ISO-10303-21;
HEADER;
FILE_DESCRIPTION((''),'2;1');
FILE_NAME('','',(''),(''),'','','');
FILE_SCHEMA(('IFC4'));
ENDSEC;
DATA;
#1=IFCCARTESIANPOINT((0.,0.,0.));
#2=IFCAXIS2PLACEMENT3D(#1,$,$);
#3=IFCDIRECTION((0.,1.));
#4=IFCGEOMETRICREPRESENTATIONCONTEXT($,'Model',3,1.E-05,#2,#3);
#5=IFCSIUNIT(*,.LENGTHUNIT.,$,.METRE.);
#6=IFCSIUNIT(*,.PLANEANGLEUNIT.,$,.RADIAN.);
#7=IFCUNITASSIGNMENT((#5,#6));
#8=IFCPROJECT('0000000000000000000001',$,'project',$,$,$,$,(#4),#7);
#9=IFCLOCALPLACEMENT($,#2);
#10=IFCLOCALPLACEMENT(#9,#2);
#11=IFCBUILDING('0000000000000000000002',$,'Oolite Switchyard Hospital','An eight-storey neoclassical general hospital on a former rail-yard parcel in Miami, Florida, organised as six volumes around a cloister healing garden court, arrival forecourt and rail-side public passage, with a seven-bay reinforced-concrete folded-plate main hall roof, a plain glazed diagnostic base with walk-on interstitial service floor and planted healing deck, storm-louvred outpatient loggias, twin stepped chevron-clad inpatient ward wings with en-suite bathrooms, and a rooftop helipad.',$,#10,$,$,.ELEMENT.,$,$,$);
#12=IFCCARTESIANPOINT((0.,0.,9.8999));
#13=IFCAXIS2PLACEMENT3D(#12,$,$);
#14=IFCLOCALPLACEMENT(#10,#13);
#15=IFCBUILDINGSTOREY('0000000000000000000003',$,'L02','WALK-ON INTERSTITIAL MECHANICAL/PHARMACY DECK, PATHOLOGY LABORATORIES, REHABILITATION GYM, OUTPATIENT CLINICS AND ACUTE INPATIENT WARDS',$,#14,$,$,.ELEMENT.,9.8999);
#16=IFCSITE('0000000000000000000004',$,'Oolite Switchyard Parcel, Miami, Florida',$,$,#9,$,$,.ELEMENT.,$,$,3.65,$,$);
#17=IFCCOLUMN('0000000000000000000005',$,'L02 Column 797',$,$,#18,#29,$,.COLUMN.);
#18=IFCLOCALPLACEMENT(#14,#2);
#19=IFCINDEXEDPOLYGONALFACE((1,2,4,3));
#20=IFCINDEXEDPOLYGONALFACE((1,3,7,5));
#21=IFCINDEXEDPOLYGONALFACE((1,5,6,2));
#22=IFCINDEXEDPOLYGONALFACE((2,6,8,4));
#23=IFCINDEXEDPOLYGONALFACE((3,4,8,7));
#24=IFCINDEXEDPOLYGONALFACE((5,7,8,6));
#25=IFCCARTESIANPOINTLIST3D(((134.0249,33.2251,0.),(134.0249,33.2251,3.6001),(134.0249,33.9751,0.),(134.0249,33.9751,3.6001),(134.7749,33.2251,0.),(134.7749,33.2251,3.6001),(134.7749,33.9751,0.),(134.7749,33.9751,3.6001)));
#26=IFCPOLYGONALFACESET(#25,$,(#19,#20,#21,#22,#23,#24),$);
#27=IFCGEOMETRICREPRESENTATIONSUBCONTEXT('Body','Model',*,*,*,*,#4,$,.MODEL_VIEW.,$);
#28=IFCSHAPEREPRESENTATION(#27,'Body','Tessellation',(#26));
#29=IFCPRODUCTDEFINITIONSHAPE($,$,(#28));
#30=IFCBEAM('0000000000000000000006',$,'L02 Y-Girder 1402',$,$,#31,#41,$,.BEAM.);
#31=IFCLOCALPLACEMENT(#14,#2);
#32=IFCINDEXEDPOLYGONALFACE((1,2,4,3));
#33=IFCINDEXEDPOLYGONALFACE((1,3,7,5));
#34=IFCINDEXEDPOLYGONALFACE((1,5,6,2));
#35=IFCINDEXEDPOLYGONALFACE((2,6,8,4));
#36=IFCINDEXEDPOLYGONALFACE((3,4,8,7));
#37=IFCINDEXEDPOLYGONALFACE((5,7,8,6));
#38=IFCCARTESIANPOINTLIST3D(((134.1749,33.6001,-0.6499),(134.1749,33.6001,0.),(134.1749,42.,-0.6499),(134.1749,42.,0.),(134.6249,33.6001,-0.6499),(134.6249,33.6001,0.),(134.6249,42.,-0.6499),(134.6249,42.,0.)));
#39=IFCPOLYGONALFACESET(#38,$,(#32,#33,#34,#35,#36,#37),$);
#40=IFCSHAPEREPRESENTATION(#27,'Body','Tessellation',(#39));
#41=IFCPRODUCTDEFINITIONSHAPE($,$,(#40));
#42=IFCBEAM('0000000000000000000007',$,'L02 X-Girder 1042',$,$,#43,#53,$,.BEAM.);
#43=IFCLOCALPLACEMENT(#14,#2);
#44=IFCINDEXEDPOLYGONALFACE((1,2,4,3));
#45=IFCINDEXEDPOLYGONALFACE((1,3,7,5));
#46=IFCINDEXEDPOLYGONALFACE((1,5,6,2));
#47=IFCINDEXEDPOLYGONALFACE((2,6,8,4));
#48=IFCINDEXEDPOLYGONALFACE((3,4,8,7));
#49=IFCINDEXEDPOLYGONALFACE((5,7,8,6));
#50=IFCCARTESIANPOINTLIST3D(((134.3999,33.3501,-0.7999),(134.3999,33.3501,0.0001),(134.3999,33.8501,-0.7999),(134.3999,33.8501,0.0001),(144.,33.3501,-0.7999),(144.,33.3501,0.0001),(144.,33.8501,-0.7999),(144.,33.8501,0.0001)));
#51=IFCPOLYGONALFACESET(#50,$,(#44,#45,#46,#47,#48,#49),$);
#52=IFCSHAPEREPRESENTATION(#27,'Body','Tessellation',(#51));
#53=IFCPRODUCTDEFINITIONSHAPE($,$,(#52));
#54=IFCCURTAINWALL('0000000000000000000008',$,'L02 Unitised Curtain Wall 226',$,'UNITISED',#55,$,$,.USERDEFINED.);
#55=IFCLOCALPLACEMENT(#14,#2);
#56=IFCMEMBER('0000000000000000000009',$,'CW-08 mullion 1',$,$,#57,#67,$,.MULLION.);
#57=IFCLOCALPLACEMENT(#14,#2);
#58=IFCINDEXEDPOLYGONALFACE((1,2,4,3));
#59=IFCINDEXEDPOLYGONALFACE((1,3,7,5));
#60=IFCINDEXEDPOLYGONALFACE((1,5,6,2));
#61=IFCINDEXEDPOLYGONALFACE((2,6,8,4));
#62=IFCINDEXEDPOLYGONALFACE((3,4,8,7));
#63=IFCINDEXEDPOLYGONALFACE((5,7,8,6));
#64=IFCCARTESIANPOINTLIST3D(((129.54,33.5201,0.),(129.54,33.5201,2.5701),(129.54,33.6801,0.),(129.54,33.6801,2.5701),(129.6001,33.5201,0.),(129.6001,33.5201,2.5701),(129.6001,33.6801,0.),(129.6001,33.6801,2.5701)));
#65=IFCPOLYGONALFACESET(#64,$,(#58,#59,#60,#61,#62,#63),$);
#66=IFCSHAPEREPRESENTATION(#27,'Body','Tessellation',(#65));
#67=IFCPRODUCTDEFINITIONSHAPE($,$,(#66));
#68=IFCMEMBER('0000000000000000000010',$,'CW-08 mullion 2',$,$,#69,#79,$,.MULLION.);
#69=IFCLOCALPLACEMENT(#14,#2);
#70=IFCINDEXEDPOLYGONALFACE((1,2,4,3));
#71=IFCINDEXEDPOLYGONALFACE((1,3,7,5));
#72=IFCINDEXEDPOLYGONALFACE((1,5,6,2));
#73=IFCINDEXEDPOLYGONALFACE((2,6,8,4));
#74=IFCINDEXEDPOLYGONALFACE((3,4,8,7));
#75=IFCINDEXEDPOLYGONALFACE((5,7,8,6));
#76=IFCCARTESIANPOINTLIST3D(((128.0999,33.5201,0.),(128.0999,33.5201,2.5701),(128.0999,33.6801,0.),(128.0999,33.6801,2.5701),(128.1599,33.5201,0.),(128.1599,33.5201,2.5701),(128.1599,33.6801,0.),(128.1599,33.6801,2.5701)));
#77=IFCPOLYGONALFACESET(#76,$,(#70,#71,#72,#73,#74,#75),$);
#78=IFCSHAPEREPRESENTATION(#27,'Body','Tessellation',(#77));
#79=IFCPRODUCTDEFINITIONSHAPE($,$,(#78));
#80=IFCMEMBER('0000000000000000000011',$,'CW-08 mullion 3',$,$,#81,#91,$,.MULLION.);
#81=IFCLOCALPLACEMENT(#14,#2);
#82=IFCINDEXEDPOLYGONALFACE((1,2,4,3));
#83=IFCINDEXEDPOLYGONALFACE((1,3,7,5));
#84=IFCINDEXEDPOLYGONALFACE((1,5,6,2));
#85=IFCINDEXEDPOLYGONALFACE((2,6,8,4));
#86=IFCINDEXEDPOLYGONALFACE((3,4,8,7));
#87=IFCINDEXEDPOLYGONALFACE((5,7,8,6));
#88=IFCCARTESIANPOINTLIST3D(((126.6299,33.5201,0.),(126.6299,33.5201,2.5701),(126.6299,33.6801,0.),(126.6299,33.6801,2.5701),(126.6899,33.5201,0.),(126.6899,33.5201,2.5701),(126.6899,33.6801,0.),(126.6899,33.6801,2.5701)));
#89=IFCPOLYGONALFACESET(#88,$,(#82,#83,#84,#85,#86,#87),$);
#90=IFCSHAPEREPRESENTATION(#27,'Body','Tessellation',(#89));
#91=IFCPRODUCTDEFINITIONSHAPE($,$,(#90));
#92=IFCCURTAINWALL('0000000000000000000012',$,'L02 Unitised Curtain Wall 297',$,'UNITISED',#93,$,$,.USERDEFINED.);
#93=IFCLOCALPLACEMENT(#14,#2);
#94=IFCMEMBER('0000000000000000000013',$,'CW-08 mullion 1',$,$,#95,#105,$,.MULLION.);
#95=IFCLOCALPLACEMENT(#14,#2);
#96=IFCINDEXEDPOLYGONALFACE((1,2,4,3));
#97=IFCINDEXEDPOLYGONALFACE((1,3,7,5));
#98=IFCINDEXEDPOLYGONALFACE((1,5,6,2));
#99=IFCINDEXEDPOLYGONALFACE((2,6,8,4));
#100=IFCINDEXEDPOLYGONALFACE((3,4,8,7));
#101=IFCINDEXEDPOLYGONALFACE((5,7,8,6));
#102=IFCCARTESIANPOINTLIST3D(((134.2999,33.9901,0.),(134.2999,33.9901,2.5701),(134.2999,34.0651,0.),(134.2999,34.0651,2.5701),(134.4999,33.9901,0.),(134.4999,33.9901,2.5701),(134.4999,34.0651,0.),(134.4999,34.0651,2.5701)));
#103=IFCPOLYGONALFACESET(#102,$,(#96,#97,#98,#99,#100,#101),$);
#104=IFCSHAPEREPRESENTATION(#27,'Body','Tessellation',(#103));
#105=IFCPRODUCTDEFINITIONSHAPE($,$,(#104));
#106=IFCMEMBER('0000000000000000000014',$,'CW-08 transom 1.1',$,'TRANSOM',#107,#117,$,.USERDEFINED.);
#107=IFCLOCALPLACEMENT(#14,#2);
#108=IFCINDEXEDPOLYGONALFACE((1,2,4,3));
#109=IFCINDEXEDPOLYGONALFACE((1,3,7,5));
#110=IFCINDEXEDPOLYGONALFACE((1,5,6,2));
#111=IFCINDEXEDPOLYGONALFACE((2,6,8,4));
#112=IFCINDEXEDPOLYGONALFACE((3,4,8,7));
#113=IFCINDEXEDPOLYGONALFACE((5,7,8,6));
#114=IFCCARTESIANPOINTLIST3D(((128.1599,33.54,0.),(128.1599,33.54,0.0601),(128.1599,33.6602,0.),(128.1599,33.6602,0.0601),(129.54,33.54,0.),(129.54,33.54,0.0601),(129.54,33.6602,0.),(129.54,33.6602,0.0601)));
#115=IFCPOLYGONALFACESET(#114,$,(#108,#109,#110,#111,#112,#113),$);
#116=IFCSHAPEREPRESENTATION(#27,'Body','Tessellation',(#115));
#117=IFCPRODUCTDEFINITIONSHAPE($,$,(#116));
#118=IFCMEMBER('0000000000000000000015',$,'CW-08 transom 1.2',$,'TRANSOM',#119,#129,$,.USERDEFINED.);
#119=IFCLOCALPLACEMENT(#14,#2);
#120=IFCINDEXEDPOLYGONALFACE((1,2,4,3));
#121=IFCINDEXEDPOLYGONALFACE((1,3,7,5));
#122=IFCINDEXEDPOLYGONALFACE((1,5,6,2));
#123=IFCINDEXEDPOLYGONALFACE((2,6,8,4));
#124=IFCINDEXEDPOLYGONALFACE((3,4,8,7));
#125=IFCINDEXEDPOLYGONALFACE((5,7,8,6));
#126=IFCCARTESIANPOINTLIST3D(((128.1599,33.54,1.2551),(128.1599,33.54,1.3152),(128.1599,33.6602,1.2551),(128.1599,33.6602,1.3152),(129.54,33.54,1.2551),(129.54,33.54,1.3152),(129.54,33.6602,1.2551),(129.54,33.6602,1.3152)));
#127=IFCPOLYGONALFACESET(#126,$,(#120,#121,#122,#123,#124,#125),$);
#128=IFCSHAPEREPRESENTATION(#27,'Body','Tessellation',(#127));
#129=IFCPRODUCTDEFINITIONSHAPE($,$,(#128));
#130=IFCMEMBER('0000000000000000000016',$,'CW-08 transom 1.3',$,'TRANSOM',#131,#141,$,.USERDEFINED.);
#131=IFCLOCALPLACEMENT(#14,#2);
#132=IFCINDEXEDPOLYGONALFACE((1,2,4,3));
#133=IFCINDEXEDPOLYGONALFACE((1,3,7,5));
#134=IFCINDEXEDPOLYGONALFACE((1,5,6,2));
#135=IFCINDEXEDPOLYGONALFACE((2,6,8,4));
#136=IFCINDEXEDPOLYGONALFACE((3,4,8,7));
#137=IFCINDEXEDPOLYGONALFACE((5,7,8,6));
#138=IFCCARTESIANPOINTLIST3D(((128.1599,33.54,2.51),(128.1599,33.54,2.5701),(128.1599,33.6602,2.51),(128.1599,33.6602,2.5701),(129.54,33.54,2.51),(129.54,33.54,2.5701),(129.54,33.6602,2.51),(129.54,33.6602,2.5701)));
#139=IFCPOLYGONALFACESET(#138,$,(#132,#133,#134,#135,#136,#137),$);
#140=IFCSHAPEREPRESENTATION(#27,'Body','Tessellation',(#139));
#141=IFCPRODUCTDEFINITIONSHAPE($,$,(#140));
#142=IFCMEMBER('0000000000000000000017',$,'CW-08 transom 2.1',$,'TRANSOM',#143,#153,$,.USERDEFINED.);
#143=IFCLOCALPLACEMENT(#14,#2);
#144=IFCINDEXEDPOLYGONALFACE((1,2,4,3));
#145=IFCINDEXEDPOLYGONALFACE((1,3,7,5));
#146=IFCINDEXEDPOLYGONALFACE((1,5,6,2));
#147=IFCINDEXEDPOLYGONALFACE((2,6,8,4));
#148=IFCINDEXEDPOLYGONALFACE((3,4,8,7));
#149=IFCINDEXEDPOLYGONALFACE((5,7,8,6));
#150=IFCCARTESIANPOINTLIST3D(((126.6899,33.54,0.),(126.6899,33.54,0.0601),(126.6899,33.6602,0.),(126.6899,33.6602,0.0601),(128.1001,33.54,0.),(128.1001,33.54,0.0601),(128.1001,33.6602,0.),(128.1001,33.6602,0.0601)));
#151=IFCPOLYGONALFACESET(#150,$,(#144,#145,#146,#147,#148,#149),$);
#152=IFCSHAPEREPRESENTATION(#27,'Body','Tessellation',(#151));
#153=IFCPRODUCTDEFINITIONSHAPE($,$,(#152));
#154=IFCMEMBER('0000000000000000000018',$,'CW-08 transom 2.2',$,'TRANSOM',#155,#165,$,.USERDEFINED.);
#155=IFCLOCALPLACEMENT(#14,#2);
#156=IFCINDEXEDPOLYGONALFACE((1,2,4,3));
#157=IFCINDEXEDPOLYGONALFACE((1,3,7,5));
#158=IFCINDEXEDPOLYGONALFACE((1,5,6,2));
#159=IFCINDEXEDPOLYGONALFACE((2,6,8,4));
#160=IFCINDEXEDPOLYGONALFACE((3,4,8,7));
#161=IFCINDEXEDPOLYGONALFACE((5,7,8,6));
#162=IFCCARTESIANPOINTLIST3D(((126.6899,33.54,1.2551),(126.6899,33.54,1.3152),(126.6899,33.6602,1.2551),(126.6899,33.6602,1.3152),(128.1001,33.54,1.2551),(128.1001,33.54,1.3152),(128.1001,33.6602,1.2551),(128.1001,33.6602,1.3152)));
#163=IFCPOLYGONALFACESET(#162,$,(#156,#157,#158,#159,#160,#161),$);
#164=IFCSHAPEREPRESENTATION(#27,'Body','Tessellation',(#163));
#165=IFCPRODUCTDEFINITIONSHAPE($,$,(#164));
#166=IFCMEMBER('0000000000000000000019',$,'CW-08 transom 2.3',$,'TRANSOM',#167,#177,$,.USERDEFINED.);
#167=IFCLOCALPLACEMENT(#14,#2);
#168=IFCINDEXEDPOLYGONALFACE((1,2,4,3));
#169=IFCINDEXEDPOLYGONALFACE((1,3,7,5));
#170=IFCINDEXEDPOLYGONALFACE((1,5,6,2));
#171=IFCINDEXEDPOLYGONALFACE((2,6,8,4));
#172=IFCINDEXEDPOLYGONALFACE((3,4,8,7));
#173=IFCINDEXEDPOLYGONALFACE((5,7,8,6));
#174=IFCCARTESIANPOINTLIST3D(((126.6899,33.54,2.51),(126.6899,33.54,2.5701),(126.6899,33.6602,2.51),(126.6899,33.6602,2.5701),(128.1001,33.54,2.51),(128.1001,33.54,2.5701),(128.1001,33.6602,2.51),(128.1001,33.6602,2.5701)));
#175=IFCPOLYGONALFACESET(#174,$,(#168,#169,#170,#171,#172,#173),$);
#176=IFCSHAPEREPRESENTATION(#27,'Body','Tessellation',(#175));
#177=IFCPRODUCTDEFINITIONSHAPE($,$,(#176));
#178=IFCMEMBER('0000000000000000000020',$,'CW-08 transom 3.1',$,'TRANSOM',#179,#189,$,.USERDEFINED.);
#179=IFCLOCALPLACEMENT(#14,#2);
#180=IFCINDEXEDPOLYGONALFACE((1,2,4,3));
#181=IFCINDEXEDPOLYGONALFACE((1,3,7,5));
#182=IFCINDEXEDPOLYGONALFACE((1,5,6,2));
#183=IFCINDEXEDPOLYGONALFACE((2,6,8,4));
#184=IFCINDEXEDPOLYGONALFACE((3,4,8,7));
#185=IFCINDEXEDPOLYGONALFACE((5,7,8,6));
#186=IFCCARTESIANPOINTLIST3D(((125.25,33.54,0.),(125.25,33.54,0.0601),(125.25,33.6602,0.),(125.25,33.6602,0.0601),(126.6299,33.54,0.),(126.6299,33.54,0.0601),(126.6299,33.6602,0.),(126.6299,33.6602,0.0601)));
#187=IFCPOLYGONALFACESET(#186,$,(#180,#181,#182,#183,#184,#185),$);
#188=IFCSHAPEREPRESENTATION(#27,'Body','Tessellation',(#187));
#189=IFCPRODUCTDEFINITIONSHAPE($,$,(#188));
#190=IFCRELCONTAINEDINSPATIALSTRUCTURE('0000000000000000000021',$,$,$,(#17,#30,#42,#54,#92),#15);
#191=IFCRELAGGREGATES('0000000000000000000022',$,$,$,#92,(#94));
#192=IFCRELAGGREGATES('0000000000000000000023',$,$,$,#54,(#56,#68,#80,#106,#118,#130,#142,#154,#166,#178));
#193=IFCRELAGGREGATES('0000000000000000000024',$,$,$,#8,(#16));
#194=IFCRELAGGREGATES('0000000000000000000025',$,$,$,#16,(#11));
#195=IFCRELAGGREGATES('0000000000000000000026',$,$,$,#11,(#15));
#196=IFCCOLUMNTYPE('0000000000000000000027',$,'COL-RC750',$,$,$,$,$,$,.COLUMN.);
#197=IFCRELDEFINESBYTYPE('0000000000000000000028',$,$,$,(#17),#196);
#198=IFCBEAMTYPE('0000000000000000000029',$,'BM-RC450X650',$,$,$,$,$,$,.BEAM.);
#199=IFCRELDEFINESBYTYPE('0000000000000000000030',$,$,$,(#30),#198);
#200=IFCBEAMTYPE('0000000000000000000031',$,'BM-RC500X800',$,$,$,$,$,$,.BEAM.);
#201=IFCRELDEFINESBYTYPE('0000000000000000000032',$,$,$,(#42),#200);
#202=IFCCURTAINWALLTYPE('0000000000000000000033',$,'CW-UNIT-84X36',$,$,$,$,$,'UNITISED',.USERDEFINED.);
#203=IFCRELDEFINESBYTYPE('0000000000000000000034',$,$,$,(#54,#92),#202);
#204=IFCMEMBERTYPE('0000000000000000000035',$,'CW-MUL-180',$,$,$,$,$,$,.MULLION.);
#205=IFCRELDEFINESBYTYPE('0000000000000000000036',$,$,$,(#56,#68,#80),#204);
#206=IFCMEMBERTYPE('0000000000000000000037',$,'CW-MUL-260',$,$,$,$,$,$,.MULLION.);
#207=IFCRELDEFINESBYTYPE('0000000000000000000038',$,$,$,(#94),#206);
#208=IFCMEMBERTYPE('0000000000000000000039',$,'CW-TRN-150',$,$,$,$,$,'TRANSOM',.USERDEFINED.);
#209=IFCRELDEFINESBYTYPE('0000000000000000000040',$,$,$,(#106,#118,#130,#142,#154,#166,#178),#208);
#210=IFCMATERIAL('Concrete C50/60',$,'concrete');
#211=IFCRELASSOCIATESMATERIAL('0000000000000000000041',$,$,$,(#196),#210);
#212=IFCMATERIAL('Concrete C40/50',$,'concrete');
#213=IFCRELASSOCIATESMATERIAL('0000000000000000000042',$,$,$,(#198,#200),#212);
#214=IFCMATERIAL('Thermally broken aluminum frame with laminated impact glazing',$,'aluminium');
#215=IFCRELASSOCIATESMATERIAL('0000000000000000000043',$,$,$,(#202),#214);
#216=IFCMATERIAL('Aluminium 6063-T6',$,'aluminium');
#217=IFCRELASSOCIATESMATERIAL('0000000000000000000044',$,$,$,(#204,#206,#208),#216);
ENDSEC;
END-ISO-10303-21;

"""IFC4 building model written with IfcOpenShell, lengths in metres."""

from ifc_helpers import new_model, si_unit, direction, frame, origin, origin_2d, place, context, subcontext, project, spatial, rectangle, extrude, material, material_profile, profile_set, type_object, element, aggregate, save


model = new_model("IFC4")

# Units and contexts
model_context = context("Model", 3, precision=1e-05, world=origin(), true_north=direction((0.0, 1.0)))
body_context = subcontext(model_context, "Body", "Model", "MODEL_VIEW")
ifc_project = project(units=[si_unit("LENGTHUNIT", "METRE"), si_unit("PLANEANGLEUNIT", "RADIAN")], contexts=[model_context])

# Site, building, storey
site_placement = place(None, origin())
site = spatial("IfcSite", under=ifc_project, at=site_placement, Name="Oolite Switchyard Parcel, Miami, Florida", CompositionType="ELEMENT", RefElevation=3.65)
building_placement = place(site_placement, origin())
building = spatial("IfcBuilding", under=site, at=building_placement, Name="Oolite Switchyard Hospital", Description="An eight-storey neoclassical general hospital on a former rail-yard parcel in Miami, Florida, organised as six volumes around a cloister healing garden court, arrival forecourt and rail-side public passage, with a seven-bay reinforced-concrete folded-plate main hall roof, a plain glazed diagnostic base with walk-on interstitial service floor and planted healing deck, storm-louvred outpatient loggias, twin stepped chevron-clad inpatient ward wings with en-suite bathrooms, and a rooftop helipad.", CompositionType="ELEMENT")
storey_placement = place(building_placement, frame((0.0, 0.0, 9.8999)))
storey = spatial("IfcBuildingStorey", under=building, at=storey_placement, Name="L02", Description="WALK-ON INTERSTITIAL MECHANICAL/PHARMACY DECK, PATHOLOGY LABORATORIES, REHABILITATION GYM, OUTPATIENT CLINICS AND ACUTE INPATIENT WARDS", CompositionType="ELEMENT", Elevation=9.8999)

# Column
ifc_material_1 = material(Name="Concrete C50/60", Category="concrete")
ifc_material_profile_1 = material_profile(ifc_material_1, rectangle(XDim=0.75, YDim=0.75, at=origin_2d()), Name="RC750X750")
ifc_profile_set_1 = profile_set([ifc_material_profile_1], Name="Concrete C50/60")
column_type = type_object("IfcColumnType", Name="COL-RC750", PredefinedType="COLUMN", material=ifc_profile_set_1)
column_placement = place(storey_placement, frame((134.3999, 33.6001, 0.0), z_axis=(0.0, 0.0, 1.0), x_axis=(1.0, 0.0, 0.0)))
element("IfcColumn", 1, at=column_placement, inside=storey, type_object=column_type, Name="L02 Column 797", PredefinedType="COLUMN", context=body_context, shape_type="SweptSolid", body=[
    extrude(rectangle(XDim=0.75, YDim=0.75, at=origin_2d()), origin(), (0.0, 0.0, 1.0), 3.6001),
])

# Beams
ifc_material_2 = material(Name="Concrete C40/50", Category="concrete")
ifc_material_profile_2 = material_profile(ifc_material_2, rectangle(XDim=0.45, YDim=0.6499, at=origin_2d()), Name="RCB450X650")
ifc_profile_set_2 = profile_set([ifc_material_profile_2], Name="Concrete C40/50")
beam_type_1 = type_object("IfcBeamType", Name="BM-RC450X650", PredefinedType="BEAM", material=ifc_profile_set_2)
beam_1_placement = place(storey_placement, frame((134.3999, 33.6001, -0.325), z_axis=(0.0, 1.0, 0.0), x_axis=(-1.0, 0.0, 0.0)))
element("IfcBeam", 2, at=beam_1_placement, inside=storey, type_object=beam_type_1, Name="L02 Y-Girder 1402", PredefinedType="BEAM", context=body_context, shape_type="SweptSolid", body=[
    extrude(rectangle(XDim=0.45, YDim=0.6499, at=origin_2d()), origin(), (0.0, 0.0, 1.0), 8.3999),
])
ifc_material_profile_3 = material_profile(ifc_material_2, rectangle(XDim=0.5, YDim=0.8, at=origin_2d()), Name="RCB500X800")
ifc_profile_set_3 = profile_set([ifc_material_profile_3], Name="Concrete C40/50")
beam_type_2 = type_object("IfcBeamType", Name="BM-RC500X800", PredefinedType="BEAM", material=ifc_profile_set_3)
beam_2_placement = place(storey_placement, frame((134.3999, 33.6001, -0.3999), z_axis=(1.0, 0.0, 0.0), x_axis=(0.0, 1.0, 0.0)))
element("IfcBeam", 3, at=beam_2_placement, inside=storey, type_object=beam_type_2, Name="L02 X-Girder 1042", PredefinedType="BEAM", context=body_context, shape_type="SweptSolid", body=[
    extrude(rectangle(XDim=0.5, YDim=0.8, at=origin_2d()), origin(), (0.0, 0.0, 1.0), 9.6001),
])

# Curtain wall, members
ifc_material_3 = material(Name="Thermally broken aluminum frame with laminated impact glazing", Category="aluminium")
curtain_wall_type = type_object("IfcCurtainWallType", Name="CW-UNIT-84X36", ElementType="UNITISED", PredefinedType="USERDEFINED", material=ifc_material_3)
curtain_wall_1_placement = place(storey_placement, origin())
curtain_wall_1 = element("IfcCurtainWall", 4, at=curtain_wall_1_placement, inside=storey, type_object=curtain_wall_type, Name="L02 Unitised Curtain Wall 226", ObjectType="UNITISED", PredefinedType="USERDEFINED")
ifc_material_4 = material(Name="Aluminium 6063-T6", Category="aluminium")
ifc_material_profile_4 = material_profile(ifc_material_4, rectangle(XDim=0.1599, YDim=0.0601, at=origin_2d()), Name="CWM60X160")
ifc_profile_set_4 = profile_set([ifc_material_profile_4], Name="Aluminium 6063-T6")
member_type_1 = type_object("IfcMemberType", Name="CW-MUL-180", PredefinedType="MULLION", material=ifc_profile_set_4)
member_1_placement = place(storey_placement, frame((129.5701, 33.6001, 0.0), z_axis=(0.0, 0.0, 1.0), x_axis=(0.0, -1.0, 0.0)))
member_1 = element("IfcMember", 5, at=member_1_placement, type_object=member_type_1, Name="CW-08 mullion 1", PredefinedType="MULLION", context=body_context, shape_type="SweptSolid", body=[
    extrude(rectangle(XDim=0.1599, YDim=0.0601, at=origin_2d()), origin(), (0.0, 0.0, 1.0), 2.5701),
])
member_2_placement = place(storey_placement, frame((128.1299, 33.6001, 0.0), z_axis=(0.0, 0.0, 1.0), x_axis=(0.0, -1.0, 0.0)))
member_2 = element("IfcMember", 6, at=member_2_placement, type_object=member_type_1, Name="CW-08 mullion 2", PredefinedType="MULLION", context=body_context, shape_type="SweptSolid", body=[
    extrude(rectangle(XDim=0.1599, YDim=0.0601, at=origin_2d()), origin(), (0.0, 0.0, 1.0), 2.5701),
])
member_3_placement = place(storey_placement, frame((126.6599, 33.6001, 0.0), z_axis=(0.0, 0.0, 1.0), x_axis=(0.0, -1.0, 0.0)))
member_3 = element("IfcMember", 7, at=member_3_placement, type_object=member_type_1, Name="CW-08 mullion 3", PredefinedType="MULLION", context=body_context, shape_type="SweptSolid", body=[
    extrude(rectangle(XDim=0.1599, YDim=0.0601, at=origin_2d()), origin(), (0.0, 0.0, 1.0), 2.5701),
])

# Curtain wall, member
curtain_wall_2_placement = place(storey_placement, origin())
curtain_wall_2 = element("IfcCurtainWall", 8, at=curtain_wall_2_placement, inside=storey, type_object=curtain_wall_type, Name="L02 Unitised Curtain Wall 297", ObjectType="UNITISED", PredefinedType="USERDEFINED")
ifc_material_profile_5 = material_profile(ifc_material_4, rectangle(XDim=0.2, YDim=0.075, at=origin_2d()), Name="CWM75X200")
ifc_profile_set_5 = profile_set([ifc_material_profile_5], Name="Aluminium 6063-T6")
member_type_2 = type_object("IfcMemberType", Name="CW-MUL-260", PredefinedType="MULLION", material=ifc_profile_set_5)
member_4_placement = place(storey_placement, frame((134.3999, 34.0276, 0.0), z_axis=(0.0, 0.0, 1.0), x_axis=(-1.0, 0.0, 0.0)))
member_4 = element("IfcMember", 9, at=member_4_placement, type_object=member_type_2, Name="CW-08 mullion 1", PredefinedType="MULLION", context=body_context, shape_type="SweptSolid", body=[
    extrude(rectangle(XDim=0.2, YDim=0.075, at=origin_2d()), origin(), (0.0, 0.0, 1.0), 2.5701),
])

# Members
ifc_material_profile_6 = material_profile(ifc_material_4, rectangle(XDim=0.1201, YDim=0.0601, at=origin_2d()), Name="CWT60X120")
ifc_profile_set_6 = profile_set([ifc_material_profile_6], Name="Aluminium 6063-T6")
member_type_3 = type_object("IfcMemberType", Name="CW-TRN-150", ElementType="TRANSOM", PredefinedType="USERDEFINED", material=ifc_profile_set_6)
member_5_placement = place(storey_placement, frame((129.54, 33.6001, 0.03), z_axis=(-1.0, 0.0, 0.0), x_axis=(0.0, -1.0, 0.0)))
member_5 = element("IfcMember", 10, at=member_5_placement, type_object=member_type_3, Name="CW-08 transom 1.1", ObjectType="TRANSOM", PredefinedType="USERDEFINED", context=body_context, shape_type="SweptSolid", body=[
    extrude(rectangle(XDim=0.1201, YDim=0.0601, at=origin_2d()), origin(), (0.0, 0.0, 1.0), 1.3801),
])
member_6_placement = place(storey_placement, frame((129.54, 33.6001, 1.2852), z_axis=(-1.0, 0.0, 0.0), x_axis=(0.0, -1.0, 0.0)))
member_6 = element("IfcMember", 11, at=member_6_placement, type_object=member_type_3, Name="CW-08 transom 1.2", ObjectType="TRANSOM", PredefinedType="USERDEFINED", context=body_context, shape_type="SweptSolid", body=[
    extrude(rectangle(XDim=0.1201, YDim=0.0601, at=origin_2d()), origin(), (0.0, 0.0, 1.0), 1.3801),
])
member_7_placement = place(storey_placement, frame((129.54, 33.6001, 2.54), z_axis=(-1.0, 0.0, 0.0), x_axis=(0.0, -1.0, 0.0)))
member_7 = element("IfcMember", 12, at=member_7_placement, type_object=member_type_3, Name="CW-08 transom 1.3", ObjectType="TRANSOM", PredefinedType="USERDEFINED", context=body_context, shape_type="SweptSolid", body=[
    extrude(rectangle(XDim=0.1201, YDim=0.0601, at=origin_2d()), origin(), (0.0, 0.0, 1.0), 1.3801),
])
member_8_placement = place(storey_placement, frame((128.1001, 33.6001, 0.03), z_axis=(-1.0, 0.0, 0.0), x_axis=(0.0, -1.0, 0.0)))
member_8 = element("IfcMember", 13, at=member_8_placement, type_object=member_type_3, Name="CW-08 transom 2.1", ObjectType="TRANSOM", PredefinedType="USERDEFINED", context=body_context, shape_type="SweptSolid", body=[
    extrude(rectangle(XDim=0.1201, YDim=0.0601, at=origin_2d()), origin(), (0.0, 0.0, 1.0), 1.4102),
])
member_9_placement = place(storey_placement, frame((128.1001, 33.6001, 1.2852), z_axis=(-1.0, 0.0, 0.0), x_axis=(0.0, -1.0, 0.0)))
member_9 = element("IfcMember", 14, at=member_9_placement, type_object=member_type_3, Name="CW-08 transom 2.2", ObjectType="TRANSOM", PredefinedType="USERDEFINED", context=body_context, shape_type="SweptSolid", body=[
    extrude(rectangle(XDim=0.1201, YDim=0.0601, at=origin_2d()), origin(), (0.0, 0.0, 1.0), 1.4102),
])
member_10_placement = place(storey_placement, frame((128.1001, 33.6001, 2.54), z_axis=(-1.0, 0.0, 0.0), x_axis=(0.0, -1.0, 0.0)))
member_10 = element("IfcMember", 15, at=member_10_placement, type_object=member_type_3, Name="CW-08 transom 2.3", ObjectType="TRANSOM", PredefinedType="USERDEFINED", context=body_context, shape_type="SweptSolid", body=[
    extrude(rectangle(XDim=0.1201, YDim=0.0601, at=origin_2d()), origin(), (0.0, 0.0, 1.0), 1.4102),
])
member_11_placement = place(storey_placement, frame((126.6299, 33.6001, 0.03), z_axis=(-1.0, 0.0, 0.0), x_axis=(0.0, -1.0, 0.0)))
member_11 = element("IfcMember", 16, at=member_11_placement, type_object=member_type_3, Name="CW-08 transom 3.1", ObjectType="TRANSOM", PredefinedType="USERDEFINED", context=body_context, shape_type="SweptSolid", body=[
    extrude(rectangle(XDim=0.1201, YDim=0.0601, at=origin_2d()), origin(), (0.0, 0.0, 1.0), 1.3799),
])
aggregate(curtain_wall_2, [member_4])

aggregate(curtain_wall_1, [member_1, member_2, member_3, member_5, member_6, member_7, member_8, member_9, member_10, member_11])

save(model, "model.ifc")
